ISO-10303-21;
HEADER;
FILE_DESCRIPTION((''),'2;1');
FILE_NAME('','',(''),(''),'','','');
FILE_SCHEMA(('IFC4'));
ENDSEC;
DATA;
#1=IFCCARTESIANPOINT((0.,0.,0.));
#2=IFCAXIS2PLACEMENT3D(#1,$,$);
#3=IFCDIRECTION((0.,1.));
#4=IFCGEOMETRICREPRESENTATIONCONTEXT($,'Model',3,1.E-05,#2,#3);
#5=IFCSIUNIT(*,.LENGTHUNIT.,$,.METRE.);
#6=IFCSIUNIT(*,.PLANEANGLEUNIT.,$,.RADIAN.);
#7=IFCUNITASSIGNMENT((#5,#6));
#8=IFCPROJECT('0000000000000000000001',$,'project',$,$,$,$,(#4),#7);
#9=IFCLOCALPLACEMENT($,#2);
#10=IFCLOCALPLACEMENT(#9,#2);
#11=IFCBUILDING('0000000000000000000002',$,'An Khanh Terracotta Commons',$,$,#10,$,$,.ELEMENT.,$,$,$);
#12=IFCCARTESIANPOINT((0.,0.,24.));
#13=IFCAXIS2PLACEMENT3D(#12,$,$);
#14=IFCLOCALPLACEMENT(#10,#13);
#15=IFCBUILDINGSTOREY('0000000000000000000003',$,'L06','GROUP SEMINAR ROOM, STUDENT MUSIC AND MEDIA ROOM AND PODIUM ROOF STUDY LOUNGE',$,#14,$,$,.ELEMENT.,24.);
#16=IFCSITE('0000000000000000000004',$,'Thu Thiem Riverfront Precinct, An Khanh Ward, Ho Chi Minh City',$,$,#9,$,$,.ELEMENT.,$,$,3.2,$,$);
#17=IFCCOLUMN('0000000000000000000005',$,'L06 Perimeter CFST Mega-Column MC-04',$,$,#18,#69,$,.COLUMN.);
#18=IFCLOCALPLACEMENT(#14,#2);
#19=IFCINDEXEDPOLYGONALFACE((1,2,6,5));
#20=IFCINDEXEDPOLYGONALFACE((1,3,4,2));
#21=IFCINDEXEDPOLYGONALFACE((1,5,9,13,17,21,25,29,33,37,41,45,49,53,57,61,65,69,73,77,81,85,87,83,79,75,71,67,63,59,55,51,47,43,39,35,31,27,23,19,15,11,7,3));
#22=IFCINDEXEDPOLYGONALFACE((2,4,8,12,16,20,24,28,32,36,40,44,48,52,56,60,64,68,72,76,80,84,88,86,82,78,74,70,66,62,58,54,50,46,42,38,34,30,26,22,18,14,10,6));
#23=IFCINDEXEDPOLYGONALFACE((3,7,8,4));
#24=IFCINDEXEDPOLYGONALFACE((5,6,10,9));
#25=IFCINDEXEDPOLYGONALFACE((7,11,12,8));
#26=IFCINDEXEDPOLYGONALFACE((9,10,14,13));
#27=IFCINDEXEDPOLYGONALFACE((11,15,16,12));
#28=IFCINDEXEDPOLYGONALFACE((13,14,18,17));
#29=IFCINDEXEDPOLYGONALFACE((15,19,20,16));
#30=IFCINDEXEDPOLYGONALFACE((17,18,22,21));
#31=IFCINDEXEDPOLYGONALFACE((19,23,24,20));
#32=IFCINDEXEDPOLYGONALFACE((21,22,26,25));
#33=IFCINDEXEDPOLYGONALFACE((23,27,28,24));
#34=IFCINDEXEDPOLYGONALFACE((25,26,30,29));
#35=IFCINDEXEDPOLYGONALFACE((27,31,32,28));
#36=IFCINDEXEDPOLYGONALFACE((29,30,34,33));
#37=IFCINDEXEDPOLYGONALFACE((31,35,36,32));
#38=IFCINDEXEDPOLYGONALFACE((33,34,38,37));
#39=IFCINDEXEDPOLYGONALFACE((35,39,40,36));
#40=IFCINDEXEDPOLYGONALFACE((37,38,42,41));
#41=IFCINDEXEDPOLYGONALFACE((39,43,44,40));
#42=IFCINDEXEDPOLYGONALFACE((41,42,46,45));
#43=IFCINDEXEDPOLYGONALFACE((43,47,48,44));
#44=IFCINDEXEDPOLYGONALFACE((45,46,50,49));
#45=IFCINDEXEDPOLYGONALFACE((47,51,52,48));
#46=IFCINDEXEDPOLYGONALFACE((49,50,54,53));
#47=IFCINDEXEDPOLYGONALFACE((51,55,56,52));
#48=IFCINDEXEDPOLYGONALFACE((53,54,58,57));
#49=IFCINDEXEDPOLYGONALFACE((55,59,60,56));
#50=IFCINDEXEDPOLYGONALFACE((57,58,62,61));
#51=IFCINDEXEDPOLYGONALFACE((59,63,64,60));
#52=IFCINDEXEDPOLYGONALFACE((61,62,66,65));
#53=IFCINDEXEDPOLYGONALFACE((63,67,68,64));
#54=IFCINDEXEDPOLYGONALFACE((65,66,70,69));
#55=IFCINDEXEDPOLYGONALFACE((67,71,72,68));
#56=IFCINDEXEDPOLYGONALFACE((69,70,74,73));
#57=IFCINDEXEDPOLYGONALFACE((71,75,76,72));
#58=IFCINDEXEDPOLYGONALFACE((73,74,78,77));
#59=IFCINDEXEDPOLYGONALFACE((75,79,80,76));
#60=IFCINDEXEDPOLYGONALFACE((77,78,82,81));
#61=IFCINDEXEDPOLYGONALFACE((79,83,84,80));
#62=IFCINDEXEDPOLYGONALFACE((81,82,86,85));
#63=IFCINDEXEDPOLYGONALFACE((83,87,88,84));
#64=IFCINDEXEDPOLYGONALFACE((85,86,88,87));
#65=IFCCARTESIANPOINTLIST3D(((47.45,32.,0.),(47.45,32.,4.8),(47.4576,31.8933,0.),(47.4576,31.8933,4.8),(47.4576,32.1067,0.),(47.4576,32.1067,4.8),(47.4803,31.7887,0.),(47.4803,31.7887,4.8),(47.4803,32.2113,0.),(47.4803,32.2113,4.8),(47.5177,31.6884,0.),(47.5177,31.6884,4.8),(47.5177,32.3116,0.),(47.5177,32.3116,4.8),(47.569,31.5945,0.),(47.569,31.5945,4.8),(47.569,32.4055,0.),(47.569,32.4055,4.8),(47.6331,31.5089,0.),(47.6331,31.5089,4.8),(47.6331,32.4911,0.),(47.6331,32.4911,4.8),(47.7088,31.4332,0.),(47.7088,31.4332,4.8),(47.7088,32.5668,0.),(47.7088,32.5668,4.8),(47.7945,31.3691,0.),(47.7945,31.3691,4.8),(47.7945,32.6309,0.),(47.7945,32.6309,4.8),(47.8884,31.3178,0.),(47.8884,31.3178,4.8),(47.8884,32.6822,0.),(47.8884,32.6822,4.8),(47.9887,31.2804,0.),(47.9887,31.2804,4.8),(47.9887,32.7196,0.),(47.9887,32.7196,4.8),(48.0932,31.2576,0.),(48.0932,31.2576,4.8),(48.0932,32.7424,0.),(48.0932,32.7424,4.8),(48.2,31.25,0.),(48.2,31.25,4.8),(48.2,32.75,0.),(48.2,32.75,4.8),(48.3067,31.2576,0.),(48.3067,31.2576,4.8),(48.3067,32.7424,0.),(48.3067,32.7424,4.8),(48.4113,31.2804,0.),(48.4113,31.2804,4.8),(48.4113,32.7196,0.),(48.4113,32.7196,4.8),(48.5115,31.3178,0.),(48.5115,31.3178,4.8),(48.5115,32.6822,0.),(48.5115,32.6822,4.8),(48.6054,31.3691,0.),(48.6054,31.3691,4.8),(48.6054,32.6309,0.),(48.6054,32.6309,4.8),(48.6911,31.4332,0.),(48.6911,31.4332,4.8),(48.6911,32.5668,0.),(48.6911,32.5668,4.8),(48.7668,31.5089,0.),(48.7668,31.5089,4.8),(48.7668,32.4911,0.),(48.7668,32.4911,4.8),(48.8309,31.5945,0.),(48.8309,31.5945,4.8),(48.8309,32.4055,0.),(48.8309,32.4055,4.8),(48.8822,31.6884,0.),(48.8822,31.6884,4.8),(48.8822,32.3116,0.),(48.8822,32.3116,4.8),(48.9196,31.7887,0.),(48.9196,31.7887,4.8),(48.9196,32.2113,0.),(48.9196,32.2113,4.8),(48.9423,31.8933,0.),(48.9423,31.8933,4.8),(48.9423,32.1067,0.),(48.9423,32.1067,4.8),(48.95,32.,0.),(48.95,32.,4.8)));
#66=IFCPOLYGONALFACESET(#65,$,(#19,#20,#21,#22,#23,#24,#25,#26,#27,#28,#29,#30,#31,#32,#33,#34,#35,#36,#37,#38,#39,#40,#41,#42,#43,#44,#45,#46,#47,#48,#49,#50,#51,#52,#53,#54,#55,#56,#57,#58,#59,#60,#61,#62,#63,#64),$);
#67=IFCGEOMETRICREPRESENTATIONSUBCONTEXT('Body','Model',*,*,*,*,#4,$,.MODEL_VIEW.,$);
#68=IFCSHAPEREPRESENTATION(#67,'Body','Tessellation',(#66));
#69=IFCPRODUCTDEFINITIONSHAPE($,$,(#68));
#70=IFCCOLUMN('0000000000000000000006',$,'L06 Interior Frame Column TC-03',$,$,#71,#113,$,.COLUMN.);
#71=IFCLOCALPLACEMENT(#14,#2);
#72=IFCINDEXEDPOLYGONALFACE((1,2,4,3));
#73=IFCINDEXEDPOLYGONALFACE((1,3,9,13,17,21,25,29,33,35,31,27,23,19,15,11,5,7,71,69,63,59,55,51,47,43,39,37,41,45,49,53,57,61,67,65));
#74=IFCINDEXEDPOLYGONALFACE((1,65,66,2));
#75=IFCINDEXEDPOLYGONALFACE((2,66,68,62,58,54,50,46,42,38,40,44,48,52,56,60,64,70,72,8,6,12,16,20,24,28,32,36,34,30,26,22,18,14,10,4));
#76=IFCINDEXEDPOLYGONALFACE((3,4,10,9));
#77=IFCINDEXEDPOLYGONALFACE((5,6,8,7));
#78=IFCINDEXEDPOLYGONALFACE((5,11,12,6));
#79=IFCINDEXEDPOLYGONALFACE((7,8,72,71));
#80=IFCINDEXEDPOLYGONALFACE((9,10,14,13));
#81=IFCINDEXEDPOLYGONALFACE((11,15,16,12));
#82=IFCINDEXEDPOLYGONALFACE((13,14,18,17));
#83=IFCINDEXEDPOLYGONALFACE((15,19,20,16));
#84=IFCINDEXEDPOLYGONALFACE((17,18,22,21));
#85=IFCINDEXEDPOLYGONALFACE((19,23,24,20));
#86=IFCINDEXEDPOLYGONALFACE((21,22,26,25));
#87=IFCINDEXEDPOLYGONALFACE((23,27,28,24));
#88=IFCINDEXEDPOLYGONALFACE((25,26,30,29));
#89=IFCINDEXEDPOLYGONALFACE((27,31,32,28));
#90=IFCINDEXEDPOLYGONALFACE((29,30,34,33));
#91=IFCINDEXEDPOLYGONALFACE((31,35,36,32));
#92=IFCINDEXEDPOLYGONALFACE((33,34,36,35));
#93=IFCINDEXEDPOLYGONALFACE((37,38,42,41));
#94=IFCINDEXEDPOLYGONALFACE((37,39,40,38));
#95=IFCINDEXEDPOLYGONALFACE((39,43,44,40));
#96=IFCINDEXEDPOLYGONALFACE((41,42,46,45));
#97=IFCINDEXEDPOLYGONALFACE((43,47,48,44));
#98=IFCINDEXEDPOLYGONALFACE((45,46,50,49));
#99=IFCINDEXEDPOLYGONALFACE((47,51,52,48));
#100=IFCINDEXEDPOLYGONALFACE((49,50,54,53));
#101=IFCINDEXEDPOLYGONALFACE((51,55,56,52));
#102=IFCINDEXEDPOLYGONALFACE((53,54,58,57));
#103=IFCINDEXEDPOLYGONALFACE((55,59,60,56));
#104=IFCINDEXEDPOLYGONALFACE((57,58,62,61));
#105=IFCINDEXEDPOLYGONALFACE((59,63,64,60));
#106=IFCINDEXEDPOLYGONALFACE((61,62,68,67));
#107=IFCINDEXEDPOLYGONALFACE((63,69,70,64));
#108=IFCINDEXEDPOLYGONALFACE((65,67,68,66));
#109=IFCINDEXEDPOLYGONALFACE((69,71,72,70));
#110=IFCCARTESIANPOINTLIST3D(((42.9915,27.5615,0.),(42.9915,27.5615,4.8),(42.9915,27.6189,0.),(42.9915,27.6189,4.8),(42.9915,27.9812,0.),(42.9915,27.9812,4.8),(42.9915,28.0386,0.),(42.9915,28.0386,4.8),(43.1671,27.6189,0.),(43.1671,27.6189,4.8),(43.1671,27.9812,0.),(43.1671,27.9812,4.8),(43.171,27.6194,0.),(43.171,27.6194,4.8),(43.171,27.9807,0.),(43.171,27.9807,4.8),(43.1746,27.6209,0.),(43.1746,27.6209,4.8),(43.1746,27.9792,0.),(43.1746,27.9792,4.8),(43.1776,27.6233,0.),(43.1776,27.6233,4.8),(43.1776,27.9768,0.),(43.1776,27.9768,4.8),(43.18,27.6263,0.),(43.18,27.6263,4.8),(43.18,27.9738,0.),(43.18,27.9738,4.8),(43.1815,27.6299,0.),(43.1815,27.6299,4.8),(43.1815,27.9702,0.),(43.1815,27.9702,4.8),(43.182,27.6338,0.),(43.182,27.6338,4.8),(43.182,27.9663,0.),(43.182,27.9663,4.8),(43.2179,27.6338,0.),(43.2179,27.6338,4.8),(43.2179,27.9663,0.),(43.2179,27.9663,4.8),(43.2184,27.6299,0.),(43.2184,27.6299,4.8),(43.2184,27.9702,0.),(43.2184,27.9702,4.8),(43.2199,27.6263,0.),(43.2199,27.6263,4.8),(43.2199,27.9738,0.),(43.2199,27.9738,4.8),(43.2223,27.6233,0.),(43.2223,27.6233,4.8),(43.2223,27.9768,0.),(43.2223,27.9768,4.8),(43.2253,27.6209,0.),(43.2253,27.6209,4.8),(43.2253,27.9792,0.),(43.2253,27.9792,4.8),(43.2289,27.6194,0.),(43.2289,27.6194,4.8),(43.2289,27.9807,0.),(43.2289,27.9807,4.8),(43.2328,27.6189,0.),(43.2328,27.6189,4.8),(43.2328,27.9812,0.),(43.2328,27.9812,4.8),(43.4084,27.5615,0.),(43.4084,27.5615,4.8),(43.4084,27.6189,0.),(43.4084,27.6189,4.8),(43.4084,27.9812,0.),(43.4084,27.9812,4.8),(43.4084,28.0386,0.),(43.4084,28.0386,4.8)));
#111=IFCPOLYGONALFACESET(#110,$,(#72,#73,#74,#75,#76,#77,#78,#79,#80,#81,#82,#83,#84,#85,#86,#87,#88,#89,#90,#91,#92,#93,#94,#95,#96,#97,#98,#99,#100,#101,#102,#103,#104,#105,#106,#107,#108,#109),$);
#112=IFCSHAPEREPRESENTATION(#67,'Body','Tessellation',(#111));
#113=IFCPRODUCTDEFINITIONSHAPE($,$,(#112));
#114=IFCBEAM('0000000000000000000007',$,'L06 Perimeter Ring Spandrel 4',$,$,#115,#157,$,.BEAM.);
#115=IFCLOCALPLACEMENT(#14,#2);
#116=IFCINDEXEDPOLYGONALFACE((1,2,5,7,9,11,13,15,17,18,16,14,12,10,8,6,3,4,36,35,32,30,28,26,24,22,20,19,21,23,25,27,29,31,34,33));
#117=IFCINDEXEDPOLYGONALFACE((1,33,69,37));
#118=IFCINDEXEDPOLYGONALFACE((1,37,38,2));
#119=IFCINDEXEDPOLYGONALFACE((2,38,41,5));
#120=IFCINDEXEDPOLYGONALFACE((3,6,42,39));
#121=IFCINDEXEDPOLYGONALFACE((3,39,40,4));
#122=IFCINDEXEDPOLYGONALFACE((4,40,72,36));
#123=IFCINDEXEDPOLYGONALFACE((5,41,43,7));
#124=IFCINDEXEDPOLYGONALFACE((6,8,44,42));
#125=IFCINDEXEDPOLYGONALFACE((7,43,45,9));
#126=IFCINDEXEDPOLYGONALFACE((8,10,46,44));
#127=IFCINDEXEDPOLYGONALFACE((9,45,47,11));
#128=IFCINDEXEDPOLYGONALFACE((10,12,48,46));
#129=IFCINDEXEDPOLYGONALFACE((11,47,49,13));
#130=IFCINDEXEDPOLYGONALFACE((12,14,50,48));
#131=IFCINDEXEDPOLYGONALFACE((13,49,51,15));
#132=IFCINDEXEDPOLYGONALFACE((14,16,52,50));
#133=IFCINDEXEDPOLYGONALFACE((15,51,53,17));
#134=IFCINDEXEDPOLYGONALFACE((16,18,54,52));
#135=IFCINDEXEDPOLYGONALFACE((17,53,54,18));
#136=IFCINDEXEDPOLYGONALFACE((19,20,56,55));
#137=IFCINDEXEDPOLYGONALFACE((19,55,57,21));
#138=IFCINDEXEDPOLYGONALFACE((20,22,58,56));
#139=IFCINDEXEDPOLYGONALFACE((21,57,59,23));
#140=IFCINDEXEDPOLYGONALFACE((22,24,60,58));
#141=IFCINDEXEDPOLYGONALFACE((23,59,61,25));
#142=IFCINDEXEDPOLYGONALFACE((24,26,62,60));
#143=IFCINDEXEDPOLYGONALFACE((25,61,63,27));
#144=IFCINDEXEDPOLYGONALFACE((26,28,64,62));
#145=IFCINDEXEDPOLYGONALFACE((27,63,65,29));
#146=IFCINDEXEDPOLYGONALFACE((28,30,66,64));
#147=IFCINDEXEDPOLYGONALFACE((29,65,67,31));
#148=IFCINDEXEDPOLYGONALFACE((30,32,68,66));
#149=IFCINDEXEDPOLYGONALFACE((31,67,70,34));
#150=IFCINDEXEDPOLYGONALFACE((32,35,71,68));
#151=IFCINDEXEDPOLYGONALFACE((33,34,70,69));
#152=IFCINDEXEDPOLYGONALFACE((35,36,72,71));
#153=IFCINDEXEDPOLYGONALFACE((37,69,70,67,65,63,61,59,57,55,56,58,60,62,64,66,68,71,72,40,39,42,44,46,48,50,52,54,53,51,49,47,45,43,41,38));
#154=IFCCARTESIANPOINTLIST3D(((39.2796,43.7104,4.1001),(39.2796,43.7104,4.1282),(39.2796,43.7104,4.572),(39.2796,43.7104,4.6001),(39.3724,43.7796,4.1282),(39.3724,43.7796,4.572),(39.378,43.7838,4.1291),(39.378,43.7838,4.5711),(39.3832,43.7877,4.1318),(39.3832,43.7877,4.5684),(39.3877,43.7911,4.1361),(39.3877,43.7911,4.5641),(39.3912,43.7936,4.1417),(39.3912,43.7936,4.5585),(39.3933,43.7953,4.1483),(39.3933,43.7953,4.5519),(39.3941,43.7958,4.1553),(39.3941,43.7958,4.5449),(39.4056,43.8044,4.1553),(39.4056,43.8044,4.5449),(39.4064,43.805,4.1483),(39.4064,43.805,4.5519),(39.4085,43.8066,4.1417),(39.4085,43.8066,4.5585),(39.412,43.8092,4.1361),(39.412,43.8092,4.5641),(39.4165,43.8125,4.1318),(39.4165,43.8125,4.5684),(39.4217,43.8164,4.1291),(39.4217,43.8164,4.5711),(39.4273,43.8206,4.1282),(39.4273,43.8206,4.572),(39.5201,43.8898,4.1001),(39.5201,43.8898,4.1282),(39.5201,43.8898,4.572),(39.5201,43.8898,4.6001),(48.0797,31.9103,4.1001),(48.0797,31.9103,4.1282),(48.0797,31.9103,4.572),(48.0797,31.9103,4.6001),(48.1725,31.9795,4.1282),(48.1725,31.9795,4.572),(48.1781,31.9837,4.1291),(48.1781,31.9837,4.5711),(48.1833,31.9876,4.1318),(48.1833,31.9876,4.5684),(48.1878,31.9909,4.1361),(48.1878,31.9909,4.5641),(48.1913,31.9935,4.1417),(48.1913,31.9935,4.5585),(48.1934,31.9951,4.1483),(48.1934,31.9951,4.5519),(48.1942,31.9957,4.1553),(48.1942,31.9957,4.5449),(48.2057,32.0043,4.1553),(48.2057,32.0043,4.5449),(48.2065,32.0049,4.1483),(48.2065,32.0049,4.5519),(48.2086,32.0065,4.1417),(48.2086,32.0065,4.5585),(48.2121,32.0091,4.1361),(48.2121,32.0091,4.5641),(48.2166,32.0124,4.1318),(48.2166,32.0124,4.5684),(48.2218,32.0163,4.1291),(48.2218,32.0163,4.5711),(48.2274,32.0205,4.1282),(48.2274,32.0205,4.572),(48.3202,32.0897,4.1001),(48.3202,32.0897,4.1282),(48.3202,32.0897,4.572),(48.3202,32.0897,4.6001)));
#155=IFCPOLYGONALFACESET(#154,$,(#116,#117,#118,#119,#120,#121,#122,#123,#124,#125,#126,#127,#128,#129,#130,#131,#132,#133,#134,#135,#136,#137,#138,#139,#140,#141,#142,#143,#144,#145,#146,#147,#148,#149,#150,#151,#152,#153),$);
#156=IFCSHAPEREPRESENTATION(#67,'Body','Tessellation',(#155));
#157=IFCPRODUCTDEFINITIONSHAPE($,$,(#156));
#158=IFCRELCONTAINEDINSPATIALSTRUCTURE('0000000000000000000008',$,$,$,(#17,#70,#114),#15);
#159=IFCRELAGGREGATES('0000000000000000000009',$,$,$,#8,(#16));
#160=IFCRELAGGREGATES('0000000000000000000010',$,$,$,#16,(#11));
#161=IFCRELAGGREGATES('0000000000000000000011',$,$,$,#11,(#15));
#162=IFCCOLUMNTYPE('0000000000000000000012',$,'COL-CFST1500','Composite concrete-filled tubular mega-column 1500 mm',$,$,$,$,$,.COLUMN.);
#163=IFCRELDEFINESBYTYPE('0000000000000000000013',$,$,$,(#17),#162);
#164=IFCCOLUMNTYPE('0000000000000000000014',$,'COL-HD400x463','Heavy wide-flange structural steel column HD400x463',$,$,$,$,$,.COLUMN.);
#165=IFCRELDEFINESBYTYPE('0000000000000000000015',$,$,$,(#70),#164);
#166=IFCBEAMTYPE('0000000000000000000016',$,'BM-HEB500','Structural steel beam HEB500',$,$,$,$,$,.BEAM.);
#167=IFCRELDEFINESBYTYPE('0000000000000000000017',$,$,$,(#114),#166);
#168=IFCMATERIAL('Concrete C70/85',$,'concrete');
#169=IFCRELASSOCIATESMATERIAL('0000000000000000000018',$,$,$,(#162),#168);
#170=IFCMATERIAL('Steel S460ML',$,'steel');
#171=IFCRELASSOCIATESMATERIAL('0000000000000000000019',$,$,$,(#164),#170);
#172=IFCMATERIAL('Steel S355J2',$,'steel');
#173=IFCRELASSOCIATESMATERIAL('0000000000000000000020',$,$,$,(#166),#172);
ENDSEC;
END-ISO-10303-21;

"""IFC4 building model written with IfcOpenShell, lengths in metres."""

from ifc_helpers import new_model, si_unit, direction, frame, origin, origin_2d, place, context, subcontext, project, spatial, circle, i_section, extrude, material, material_profile, profile_set, type_object, element, save


model = new_model("IFC4")

# Units and contexts
model_context = context("Model", 3, precision=1e-05, world=origin(), true_north=direction((0.0, 1.0)))
body_context = subcontext(model_context, "Body", "Model", "MODEL_VIEW")
ifc_project = project(units=[si_unit("LENGTHUNIT", "METRE"), si_unit("PLANEANGLEUNIT", "RADIAN")], contexts=[model_context])

# Site, building, storey
site_placement = place(None, origin())
site = spatial("IfcSite", under=ifc_project, at=site_placement, Name="Thu Thiem Riverfront Precinct, An Khanh Ward, Ho Chi Minh City", CompositionType="ELEMENT", RefElevation=3.2)
building_placement = place(site_placement, origin())
building = spatial("IfcBuilding", under=site, at=building_placement, Name="An Khanh Terracotta Commons", CompositionType="ELEMENT")
storey_placement = place(building_placement, frame((0.0, 0.0, 24.0)))
storey = spatial("IfcBuildingStorey", under=building, at=storey_placement, Name="L06", Description="GROUP SEMINAR ROOM, STUDENT MUSIC AND MEDIA ROOM AND PODIUM ROOF STUDY LOUNGE", CompositionType="ELEMENT", Elevation=24.0)

# Columns
ifc_material_1 = material(Name="Concrete C70/85", Category="concrete")
ifc_material_profile_1 = material_profile(ifc_material_1, circle(Radius=0.75, at=origin_2d()), Name="CFST1500")
ifc_profile_set_1 = profile_set([ifc_material_profile_1], Name="Concrete C70/85")
column_type_1 = type_object("IfcColumnType", Name="COL-CFST1500", Description="Composite concrete-filled tubular mega-column 1500 mm", PredefinedType="COLUMN", material=ifc_profile_set_1)
column_1_placement = place(storey_placement, frame((48.2, 32.0, 0.0), z_axis=(0.0, 0.0, 1.0), x_axis=(1.0, 0.0, 0.0)))
element("IfcColumn", 1, at=column_1_placement, inside=storey, type_object=column_type_1, Name="L06 Perimeter CFST Mega-Column MC-04", PredefinedType="COLUMN", context=body_context, shape_type="SweptSolid", body=[
    extrude(circle(Radius=0.75, at=origin_2d()), origin(), (0.0, 0.0, 1.0), 4.8),
])
ifc_material_2 = material(Name="Steel S460ML", Category="steel")
ifc_material_profile_2 = material_profile(ifc_material_2, i_section(OverallWidth=0.417, OverallDepth=0.4771, WebThickness=0.0359, FlangeThickness=0.0574, FilletRadius=0.0149, at=origin_2d()), Name="HD400x463")
ifc_profile_set_2 = profile_set([ifc_material_profile_2], Name="Steel S460ML")
column_type_2 = type_object("IfcColumnType", Name="COL-HD400x463", Description="Heavy wide-flange structural steel column HD400x463", PredefinedType="COLUMN", material=ifc_profile_set_2)
column_2_placement = place(storey_placement, frame((43.2, 27.8, 0.0), z_axis=(0.0, 0.0, 1.0), x_axis=(1.0, 0.0, 0.0)))
element("IfcColumn", 2, at=column_2_placement, inside=storey, type_object=column_type_2, Name="L06 Interior Frame Column TC-03", PredefinedType="COLUMN", context=body_context, shape_type="SweptSolid", body=[
    extrude(i_section(OverallWidth=0.417, OverallDepth=0.4771, WebThickness=0.0359, FlangeThickness=0.0574, FilletRadius=0.0149, at=origin_2d()), origin(), (0.0, 0.0, 1.0), 4.8),
])

# Beam
ifc_material_3 = material(Name="Steel S355J2", Category="steel")
ifc_material_profile_3 = material_profile(ifc_material_3, i_section(OverallWidth=0.3, OverallDepth=0.5, WebThickness=0.0144, FlangeThickness=0.0281, FilletRadius=0.0271, at=origin_2d()), Name="HEB500")
ifc_profile_set_3 = profile_set([ifc_material_profile_3], Name="Steel S355J2")
beam_type_1 = type_object("IfcBeamType", Name="BM-HEB500", Description="Structural steel beam HEB500", PredefinedType="BEAM", material=ifc_profile_set_3)
beam_1_placement = place(storey_placement, frame((48.2, 32.0, 4.3501), z_axis=(-0.597824, 0.801627, 0.0), x_axis=(-0.801627, -0.597824, 0.0)))
element("IfcBeam", 3, at=beam_1_placement, inside=storey, type_object=beam_type_1, Name="L06 Perimeter Ring Spandrel 4", PredefinedType="BEAM", context=body_context, shape_type="SweptSolid", body=[
    extrude(i_section(OverallWidth=0.3, OverallDepth=0.5, WebThickness=0.0144, FlangeThickness=0.0281, FilletRadius=0.0271, at=origin_2d()), origin(), (0.0, 0.0, 1.0), 14.7202),
])

save(model, "model.ifc")
